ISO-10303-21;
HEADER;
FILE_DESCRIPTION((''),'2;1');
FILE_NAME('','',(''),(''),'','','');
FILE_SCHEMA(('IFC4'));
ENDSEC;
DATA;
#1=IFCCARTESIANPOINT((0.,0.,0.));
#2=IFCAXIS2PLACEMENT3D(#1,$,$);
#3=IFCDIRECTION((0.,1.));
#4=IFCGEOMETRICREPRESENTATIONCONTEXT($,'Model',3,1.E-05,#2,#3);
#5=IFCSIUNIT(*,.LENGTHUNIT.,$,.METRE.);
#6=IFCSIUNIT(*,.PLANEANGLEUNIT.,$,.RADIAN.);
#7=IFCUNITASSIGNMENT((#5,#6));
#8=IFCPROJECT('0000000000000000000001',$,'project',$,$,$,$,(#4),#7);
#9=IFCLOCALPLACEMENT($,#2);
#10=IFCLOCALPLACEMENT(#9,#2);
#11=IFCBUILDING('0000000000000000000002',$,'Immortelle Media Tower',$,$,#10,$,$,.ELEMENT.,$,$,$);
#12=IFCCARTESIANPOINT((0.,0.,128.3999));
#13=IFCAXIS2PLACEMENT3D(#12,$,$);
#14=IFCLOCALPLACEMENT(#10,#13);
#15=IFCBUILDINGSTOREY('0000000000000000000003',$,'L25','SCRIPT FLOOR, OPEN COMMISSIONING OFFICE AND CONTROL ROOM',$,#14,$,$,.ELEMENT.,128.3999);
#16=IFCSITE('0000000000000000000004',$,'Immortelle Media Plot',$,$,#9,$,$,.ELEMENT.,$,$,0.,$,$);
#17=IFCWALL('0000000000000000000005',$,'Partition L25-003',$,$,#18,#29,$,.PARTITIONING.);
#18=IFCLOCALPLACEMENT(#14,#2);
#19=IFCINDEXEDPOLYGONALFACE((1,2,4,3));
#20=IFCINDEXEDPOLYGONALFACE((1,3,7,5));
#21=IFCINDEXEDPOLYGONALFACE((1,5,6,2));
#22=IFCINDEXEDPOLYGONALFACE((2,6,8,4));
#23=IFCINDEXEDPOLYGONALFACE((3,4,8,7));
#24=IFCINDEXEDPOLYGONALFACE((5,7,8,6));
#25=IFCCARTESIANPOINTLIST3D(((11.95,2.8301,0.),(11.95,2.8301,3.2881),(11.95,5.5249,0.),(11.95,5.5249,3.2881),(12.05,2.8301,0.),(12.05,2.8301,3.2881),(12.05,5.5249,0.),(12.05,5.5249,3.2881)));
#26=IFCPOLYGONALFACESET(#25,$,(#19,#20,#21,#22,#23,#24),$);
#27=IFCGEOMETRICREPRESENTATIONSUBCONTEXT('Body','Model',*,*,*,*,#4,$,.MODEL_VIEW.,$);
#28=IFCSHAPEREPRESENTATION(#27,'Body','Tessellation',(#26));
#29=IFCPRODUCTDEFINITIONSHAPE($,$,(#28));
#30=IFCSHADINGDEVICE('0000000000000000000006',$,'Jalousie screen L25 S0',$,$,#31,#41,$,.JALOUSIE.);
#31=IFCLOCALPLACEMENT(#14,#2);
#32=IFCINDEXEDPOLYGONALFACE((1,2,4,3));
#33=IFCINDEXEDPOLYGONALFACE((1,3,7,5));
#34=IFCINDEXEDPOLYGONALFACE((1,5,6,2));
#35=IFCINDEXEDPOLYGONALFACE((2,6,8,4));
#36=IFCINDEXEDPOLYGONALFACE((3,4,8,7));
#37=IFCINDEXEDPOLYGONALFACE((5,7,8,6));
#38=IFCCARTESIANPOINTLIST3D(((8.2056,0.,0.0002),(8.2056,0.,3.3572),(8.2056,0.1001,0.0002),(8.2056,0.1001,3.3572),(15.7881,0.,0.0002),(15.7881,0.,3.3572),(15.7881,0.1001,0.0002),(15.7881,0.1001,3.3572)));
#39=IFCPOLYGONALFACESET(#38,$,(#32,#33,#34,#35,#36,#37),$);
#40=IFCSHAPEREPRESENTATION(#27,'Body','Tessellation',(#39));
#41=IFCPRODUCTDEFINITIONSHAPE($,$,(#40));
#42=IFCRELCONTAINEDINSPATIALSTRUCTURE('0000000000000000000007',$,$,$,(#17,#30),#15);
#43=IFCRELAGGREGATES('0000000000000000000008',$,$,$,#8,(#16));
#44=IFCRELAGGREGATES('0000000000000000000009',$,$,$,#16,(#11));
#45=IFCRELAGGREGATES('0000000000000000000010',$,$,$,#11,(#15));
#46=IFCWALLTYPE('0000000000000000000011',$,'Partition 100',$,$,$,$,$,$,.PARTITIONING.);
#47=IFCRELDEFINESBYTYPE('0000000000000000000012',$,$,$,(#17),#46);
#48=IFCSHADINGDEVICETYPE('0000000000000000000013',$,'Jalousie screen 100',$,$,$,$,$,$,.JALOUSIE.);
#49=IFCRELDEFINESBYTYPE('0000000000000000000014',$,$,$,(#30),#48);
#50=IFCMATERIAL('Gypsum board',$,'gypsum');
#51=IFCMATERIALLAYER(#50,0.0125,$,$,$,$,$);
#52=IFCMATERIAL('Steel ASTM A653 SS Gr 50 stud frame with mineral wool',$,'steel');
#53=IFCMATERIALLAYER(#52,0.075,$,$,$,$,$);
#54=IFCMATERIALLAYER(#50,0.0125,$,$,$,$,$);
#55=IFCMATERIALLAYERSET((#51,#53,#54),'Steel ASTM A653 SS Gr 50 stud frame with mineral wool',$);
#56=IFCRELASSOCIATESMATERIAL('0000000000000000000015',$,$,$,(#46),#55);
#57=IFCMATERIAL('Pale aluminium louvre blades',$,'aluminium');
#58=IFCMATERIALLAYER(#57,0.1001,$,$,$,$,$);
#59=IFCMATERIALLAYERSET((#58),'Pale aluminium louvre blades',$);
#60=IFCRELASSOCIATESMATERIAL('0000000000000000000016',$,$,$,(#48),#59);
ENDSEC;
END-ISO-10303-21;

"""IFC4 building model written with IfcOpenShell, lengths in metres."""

from ifc_helpers import new_model, si_unit, direction, frame, frame_2d, origin, origin_2d, place, context, subcontext, project, spatial, rectangle, extrude, material, layer, layer_set, type_object, element, save


model = new_model("IFC4")

# Units and contexts
model_context = context("Model", 3, precision=1e-05, world=origin(), true_north=direction((0.0, 1.0)))
body_context = subcontext(model_context, "Body", "Model", "MODEL_VIEW")
ifc_project = project(units=[si_unit("LENGTHUNIT", "METRE"), si_unit("PLANEANGLEUNIT", "RADIAN")], contexts=[model_context])

# Site, building, storey
site_placement = place(None, origin())
site = spatial("IfcSite", under=ifc_project, at=site_placement, Name="Immortelle Media Plot", CompositionType="ELEMENT", RefElevation=0.0)
building_placement = place(site_placement, origin())
building = spatial("IfcBuilding", under=site, at=building_placement, Name="Immortelle Media Tower", CompositionType="ELEMENT")
storey_placement = place(building_placement, frame((0.0, 0.0, 128.3999)))
storey = spatial("IfcBuildingStorey", under=building, at=storey_placement, Name="L25", Description="SCRIPT FLOOR, OPEN COMMISSIONING OFFICE AND CONTROL ROOM", CompositionType="ELEMENT", Elevation=128.3999)

# Shared definitions
ifc_material_1 = material(Name="Steel ASTM A653 SS Gr 50 stud frame with mineral wool", Category="steel")

# Wall
ifc_material_2 = material(Name="Gypsum board", Category="gypsum")
ifc_layer_1 = layer(ifc_material_2, 0.0125)
ifc_layer_2 = layer(ifc_material_1, 0.075)
ifc_layer_3 = layer(ifc_material_2, 0.0125)
ifc_layer_set_1 = layer_set([ifc_layer_1, ifc_layer_2, ifc_layer_3], Name="Steel ASTM A653 SS Gr 50 stud frame with mineral wool")
wall_type_1 = type_object("IfcWallType", Name="Partition 100", PredefinedType="PARTITIONING", material=ifc_layer_set_1)
for number, where, z_axis, x_axis, name in (
    (1, (12.0, 2.8301, 0.0), (0.0, 0.0, 1.0), (0.0, 1.0, 0.0), "Partition L25-003"),
):
    element("IfcWall", number, at=place(storey_placement, frame(where, z_axis=z_axis, x_axis=x_axis)), inside=storey, type_object=wall_type_1, Name=name, PredefinedType="PARTITIONING", context=body_context, shape_type="SweptSolid", body=[
        extrude(rectangle(XDim=2.6948, YDim=0.1001, at=frame_2d((1.3474, 0.0))), origin(), (0.0, 0.0, 1.0), 3.2881),
    ])

# Shading device
ifc_material_3 = material(Name="Pale aluminium louvre blades", Category="aluminium")
ifc_layer_4 = layer(ifc_material_3, 0.1001)
ifc_layer_set_2 = layer_set([ifc_layer_4], Name="Pale aluminium louvre blades")
shading_device_type = type_object("IfcShadingDeviceType", Name="Jalousie screen 100", PredefinedType="JALOUSIE", material=ifc_layer_set_2)
shading_device_placement = place(storey_placement, frame((11.9968, 0.05, 0.0002), z_axis=(0.0, 0.0, 1.0), x_axis=(1.0, 0.0, 0.0)))
element("IfcShadingDevice", 2, at=shading_device_placement, inside=storey, type_object=shading_device_type, Name="Jalousie screen L25 S0", PredefinedType="JALOUSIE", context=body_context, shape_type="SweptSolid", body=[
    extrude(rectangle(XDim=7.5825, YDim=0.1001, at=origin_2d()), origin(), (0.0, 0.0, 1.0), 3.3569),
])

save(model, "model.ifc")
